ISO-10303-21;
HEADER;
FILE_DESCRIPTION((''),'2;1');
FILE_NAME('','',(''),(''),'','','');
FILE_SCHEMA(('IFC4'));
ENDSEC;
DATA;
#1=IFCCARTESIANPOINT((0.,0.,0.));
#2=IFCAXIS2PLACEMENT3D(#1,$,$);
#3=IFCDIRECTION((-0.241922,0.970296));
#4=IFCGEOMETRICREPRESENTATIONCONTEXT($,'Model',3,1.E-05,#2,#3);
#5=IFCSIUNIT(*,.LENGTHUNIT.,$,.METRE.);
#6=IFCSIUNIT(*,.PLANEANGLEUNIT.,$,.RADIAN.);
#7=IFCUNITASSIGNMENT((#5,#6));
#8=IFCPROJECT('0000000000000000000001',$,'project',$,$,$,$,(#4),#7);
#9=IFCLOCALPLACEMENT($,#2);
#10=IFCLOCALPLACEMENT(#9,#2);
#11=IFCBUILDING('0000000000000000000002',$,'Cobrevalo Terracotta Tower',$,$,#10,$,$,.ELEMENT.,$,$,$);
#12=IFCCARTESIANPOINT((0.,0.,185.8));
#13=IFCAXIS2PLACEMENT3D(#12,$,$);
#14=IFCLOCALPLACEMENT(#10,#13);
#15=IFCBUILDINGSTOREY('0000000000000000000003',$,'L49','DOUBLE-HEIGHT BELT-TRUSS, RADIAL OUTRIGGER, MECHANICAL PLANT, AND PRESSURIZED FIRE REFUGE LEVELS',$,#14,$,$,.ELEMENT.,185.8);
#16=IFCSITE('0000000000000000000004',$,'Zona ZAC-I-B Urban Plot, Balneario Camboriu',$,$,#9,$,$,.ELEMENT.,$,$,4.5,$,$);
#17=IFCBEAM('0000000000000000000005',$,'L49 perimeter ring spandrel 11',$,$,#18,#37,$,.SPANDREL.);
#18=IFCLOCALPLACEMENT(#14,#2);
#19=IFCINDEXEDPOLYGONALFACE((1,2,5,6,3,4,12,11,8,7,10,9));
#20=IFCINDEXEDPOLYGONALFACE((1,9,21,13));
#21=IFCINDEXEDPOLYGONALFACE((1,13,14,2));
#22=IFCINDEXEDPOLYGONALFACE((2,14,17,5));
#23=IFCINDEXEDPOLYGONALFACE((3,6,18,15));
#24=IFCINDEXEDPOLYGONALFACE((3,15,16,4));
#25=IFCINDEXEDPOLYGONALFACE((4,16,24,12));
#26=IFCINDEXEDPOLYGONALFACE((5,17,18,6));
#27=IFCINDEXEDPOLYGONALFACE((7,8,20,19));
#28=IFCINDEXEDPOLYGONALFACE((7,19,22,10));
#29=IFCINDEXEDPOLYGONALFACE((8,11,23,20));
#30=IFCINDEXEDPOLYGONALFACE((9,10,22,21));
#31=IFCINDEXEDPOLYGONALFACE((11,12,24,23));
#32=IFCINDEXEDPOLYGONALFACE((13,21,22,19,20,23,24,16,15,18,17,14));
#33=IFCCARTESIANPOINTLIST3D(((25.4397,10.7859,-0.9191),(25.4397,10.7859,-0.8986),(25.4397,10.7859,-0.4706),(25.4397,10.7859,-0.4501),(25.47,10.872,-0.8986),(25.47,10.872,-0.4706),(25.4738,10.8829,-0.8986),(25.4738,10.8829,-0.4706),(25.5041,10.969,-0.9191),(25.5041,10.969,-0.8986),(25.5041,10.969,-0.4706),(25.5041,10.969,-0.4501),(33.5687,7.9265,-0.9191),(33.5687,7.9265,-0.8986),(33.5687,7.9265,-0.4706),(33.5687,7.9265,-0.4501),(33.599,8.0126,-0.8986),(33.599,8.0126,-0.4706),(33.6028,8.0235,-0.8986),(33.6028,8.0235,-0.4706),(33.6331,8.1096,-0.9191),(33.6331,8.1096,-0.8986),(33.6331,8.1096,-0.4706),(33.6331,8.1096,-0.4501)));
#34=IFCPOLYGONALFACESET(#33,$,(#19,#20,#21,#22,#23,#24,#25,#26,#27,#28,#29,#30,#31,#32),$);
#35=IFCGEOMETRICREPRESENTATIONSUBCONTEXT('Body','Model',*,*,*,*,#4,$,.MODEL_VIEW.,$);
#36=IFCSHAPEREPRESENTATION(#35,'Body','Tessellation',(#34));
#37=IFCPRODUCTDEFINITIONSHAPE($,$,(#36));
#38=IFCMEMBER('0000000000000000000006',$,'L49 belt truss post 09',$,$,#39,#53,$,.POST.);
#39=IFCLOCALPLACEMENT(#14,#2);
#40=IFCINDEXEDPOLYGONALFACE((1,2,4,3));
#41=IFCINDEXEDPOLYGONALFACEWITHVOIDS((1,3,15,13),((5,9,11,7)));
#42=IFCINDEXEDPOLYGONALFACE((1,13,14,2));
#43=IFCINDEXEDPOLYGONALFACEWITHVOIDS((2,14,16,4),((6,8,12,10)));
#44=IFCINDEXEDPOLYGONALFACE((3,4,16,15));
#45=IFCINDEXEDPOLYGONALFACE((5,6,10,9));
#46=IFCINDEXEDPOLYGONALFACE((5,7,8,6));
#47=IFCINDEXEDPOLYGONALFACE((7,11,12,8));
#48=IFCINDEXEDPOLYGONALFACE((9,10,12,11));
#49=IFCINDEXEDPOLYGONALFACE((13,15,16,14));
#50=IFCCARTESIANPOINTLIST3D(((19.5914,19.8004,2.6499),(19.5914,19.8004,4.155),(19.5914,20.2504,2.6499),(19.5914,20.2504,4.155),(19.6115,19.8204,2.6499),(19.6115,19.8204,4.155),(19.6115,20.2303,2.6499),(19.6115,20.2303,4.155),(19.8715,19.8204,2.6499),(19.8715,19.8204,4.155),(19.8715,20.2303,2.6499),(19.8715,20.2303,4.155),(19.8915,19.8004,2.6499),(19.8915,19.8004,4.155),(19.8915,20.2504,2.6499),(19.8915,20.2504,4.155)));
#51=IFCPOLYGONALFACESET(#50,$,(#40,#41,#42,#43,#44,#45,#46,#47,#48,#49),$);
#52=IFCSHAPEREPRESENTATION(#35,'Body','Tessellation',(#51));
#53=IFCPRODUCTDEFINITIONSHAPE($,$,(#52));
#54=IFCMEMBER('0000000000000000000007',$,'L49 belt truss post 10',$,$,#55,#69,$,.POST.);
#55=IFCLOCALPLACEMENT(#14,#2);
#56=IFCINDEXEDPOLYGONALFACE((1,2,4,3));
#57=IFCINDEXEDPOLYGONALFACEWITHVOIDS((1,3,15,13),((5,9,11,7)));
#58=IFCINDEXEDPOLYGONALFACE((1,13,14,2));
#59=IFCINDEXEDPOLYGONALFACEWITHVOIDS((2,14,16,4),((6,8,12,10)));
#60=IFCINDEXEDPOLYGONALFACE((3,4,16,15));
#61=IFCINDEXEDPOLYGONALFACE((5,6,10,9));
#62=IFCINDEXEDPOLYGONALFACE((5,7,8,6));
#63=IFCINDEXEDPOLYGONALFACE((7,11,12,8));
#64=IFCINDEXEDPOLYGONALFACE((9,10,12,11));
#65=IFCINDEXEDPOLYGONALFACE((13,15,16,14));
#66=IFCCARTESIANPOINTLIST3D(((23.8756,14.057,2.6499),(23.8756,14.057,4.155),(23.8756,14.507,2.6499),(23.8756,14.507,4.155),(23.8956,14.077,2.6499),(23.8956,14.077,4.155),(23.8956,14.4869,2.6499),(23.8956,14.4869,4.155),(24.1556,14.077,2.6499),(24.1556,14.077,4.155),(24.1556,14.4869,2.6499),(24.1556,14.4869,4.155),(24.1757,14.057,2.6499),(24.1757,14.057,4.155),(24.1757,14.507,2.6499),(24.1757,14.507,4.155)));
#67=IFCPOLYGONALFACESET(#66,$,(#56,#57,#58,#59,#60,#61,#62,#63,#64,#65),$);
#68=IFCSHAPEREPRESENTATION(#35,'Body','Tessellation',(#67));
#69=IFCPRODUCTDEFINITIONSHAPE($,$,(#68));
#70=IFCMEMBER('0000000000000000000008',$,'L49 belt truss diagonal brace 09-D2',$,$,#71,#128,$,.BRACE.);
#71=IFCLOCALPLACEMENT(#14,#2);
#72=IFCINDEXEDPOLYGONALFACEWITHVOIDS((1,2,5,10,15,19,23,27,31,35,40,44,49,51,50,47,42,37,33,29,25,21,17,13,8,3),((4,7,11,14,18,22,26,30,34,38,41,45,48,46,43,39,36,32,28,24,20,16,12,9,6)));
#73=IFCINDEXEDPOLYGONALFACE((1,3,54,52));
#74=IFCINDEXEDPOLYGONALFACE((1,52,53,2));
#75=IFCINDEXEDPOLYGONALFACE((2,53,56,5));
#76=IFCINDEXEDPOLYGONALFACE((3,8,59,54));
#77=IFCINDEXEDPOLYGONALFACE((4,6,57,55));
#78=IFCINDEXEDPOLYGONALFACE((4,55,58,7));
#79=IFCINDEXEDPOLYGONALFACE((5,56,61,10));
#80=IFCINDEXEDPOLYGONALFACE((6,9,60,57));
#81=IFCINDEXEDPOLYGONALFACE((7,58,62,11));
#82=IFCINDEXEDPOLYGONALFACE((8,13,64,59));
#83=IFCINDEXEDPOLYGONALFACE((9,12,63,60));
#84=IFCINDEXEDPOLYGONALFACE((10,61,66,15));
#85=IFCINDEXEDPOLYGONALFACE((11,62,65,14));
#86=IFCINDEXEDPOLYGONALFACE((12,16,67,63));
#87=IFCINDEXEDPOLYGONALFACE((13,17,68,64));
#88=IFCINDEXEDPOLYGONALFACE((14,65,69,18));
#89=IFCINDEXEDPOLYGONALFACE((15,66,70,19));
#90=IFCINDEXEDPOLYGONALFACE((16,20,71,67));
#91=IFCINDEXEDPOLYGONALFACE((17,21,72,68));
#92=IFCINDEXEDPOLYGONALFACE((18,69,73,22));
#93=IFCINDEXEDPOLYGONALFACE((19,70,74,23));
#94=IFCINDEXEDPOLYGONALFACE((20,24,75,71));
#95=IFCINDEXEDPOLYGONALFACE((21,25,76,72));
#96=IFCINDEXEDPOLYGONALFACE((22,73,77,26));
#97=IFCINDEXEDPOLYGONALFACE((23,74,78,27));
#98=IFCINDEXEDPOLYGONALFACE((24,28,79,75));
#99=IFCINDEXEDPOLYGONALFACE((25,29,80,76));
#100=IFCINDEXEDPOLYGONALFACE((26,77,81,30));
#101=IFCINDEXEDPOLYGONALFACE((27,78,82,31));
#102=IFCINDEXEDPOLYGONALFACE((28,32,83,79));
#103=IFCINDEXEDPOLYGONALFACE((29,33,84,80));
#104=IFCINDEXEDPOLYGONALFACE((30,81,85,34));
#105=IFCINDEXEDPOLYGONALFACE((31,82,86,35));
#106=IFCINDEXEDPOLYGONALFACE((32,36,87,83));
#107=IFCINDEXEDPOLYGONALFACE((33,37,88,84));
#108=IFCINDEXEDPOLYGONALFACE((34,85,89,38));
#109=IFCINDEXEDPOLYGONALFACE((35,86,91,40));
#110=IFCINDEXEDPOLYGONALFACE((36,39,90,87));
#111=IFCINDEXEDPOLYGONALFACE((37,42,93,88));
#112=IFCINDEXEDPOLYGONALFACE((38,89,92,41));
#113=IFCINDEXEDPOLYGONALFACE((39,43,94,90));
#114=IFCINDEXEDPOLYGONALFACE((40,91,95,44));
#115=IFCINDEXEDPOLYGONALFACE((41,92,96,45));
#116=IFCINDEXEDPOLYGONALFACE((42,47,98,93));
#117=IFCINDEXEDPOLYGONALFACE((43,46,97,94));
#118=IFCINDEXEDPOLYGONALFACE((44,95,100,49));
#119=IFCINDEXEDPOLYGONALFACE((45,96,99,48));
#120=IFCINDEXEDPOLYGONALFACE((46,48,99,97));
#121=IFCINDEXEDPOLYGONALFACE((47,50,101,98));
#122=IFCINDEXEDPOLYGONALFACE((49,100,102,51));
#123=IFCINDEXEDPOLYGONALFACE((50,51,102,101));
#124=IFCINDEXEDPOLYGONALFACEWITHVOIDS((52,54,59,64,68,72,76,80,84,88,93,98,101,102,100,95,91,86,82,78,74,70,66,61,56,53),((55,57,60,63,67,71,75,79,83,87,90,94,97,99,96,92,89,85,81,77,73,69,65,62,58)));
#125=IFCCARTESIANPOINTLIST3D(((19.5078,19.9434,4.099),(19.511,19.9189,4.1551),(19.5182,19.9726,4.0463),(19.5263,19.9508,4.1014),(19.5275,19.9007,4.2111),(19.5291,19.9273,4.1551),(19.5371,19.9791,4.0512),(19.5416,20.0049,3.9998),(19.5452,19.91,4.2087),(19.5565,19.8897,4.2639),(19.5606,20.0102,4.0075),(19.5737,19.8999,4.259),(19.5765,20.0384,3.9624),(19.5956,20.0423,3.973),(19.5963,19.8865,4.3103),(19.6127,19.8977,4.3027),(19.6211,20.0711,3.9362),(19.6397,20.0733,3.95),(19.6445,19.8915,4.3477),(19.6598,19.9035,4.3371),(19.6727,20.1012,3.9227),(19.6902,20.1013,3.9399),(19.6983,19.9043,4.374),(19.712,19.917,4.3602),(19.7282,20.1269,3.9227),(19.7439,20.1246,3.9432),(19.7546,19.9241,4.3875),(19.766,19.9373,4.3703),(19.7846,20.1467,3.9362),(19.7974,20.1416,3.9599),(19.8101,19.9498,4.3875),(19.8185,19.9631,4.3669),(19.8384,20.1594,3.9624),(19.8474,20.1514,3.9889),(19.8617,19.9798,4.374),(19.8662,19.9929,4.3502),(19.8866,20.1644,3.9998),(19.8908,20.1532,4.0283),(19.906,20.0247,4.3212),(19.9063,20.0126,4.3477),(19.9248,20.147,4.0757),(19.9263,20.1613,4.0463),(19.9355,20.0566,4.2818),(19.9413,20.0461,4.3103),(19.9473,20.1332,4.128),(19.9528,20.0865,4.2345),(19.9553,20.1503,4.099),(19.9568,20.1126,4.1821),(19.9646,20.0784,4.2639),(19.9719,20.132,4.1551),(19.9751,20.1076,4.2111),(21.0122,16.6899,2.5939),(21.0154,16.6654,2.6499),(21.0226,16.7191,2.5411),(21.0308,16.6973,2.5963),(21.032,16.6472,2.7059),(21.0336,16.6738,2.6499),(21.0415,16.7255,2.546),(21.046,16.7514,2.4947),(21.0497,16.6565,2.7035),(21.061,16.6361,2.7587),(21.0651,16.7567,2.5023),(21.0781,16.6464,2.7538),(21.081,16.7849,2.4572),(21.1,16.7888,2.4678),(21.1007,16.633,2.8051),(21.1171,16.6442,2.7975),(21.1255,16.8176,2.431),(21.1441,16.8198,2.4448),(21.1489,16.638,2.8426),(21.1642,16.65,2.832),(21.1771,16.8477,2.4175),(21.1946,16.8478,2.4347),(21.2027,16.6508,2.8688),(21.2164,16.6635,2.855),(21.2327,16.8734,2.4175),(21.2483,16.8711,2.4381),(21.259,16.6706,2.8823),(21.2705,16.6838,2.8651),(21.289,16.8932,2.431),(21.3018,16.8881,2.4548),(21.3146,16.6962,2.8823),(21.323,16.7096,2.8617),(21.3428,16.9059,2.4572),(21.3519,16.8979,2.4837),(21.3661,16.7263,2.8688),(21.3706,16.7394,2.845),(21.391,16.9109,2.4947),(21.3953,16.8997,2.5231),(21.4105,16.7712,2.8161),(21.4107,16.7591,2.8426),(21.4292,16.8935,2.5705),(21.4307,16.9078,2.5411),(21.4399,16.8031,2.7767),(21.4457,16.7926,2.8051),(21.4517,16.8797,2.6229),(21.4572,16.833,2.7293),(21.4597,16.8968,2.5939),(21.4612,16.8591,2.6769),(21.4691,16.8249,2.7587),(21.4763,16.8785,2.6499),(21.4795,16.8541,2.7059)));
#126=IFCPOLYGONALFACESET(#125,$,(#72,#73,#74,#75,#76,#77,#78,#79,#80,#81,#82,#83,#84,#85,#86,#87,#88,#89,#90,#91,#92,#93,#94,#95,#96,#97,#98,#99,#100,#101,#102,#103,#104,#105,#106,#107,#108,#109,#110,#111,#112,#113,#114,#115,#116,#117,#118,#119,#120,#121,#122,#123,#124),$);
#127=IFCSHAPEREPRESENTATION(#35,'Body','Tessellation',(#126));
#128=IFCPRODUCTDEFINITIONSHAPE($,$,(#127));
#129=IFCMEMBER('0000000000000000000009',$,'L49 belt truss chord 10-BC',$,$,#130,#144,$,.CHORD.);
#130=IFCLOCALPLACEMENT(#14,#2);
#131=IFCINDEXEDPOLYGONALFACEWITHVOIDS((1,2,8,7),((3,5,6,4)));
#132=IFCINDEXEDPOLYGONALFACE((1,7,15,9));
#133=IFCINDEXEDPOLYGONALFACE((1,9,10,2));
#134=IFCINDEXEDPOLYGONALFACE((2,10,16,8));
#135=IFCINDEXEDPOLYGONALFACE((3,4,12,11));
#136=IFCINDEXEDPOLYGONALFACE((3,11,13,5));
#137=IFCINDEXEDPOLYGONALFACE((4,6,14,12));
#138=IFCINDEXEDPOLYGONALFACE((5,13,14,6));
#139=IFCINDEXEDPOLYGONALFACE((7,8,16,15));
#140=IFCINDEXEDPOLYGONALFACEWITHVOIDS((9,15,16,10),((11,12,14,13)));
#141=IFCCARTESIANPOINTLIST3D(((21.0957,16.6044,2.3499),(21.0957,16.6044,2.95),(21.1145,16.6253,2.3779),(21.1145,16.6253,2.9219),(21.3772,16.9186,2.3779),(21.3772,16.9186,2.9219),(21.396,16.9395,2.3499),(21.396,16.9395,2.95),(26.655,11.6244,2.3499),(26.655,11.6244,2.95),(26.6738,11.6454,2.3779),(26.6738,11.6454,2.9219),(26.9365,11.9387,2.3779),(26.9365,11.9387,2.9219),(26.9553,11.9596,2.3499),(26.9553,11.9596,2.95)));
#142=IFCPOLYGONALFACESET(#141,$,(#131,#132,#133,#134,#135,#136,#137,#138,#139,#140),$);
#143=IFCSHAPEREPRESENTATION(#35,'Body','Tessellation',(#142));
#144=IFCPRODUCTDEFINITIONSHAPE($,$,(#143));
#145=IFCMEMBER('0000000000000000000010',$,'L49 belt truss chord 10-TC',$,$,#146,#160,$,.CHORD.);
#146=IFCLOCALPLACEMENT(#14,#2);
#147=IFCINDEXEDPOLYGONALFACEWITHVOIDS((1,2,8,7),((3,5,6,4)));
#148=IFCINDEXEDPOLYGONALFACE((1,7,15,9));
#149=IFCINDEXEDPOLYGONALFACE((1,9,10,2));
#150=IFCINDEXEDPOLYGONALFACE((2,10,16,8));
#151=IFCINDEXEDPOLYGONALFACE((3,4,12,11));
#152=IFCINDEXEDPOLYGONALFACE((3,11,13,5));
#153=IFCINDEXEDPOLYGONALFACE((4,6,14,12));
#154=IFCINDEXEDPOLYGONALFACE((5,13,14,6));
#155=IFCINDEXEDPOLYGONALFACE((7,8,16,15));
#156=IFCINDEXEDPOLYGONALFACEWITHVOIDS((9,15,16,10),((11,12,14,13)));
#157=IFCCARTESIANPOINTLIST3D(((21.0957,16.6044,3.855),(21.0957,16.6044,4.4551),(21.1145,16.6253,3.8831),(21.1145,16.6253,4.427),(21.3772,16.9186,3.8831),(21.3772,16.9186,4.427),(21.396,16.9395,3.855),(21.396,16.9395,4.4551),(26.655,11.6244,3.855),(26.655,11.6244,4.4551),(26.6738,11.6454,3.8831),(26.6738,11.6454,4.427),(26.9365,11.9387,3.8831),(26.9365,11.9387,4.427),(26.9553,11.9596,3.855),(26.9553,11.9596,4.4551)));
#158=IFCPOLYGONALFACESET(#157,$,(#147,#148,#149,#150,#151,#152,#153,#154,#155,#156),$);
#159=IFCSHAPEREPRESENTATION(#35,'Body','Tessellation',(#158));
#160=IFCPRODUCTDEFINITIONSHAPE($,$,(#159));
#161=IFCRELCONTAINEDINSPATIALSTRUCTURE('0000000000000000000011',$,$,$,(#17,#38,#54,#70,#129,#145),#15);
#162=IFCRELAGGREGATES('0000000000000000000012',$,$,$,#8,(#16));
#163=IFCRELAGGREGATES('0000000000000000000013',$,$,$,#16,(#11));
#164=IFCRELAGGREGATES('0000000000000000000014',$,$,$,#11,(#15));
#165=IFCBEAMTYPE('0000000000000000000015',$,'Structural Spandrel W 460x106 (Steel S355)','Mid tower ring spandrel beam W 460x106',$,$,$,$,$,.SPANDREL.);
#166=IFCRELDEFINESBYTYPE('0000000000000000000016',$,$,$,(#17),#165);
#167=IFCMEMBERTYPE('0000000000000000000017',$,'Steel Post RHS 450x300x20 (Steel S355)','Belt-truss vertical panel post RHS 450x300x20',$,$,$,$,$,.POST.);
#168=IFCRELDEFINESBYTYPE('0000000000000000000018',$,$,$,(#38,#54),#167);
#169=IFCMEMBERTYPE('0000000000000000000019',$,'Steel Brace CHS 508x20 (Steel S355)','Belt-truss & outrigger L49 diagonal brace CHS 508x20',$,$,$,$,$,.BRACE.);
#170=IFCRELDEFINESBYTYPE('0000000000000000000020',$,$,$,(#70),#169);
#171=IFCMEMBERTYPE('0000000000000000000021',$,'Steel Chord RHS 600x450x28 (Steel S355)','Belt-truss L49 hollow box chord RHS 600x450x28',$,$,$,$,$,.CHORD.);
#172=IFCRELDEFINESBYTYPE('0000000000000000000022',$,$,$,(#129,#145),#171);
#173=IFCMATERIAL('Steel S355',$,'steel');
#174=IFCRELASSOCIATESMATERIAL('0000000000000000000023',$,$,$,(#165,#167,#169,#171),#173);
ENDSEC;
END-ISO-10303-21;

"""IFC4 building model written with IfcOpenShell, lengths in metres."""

from ifc_helpers import new_model, si_unit, direction, frame, origin, origin_2d, place, context, subcontext, project, spatial, hollow_rectangle, hollow_circle, i_section, extrude, source, transform, mapped, material, material_profile, profile_set, type_object, element, save


model = new_model("IFC4")

# Units and contexts
model_context = context("Model", 3, precision=1e-05, world=origin(), true_north=direction((-0.241922, 0.970296)))
body_context = subcontext(model_context, "Body", "Model", "MODEL_VIEW")
ifc_project = project(units=[si_unit("LENGTHUNIT", "METRE"), si_unit("PLANEANGLEUNIT", "RADIAN")], contexts=[model_context])

# Site, building, storey
site_placement = place(None, origin())
site = spatial("IfcSite", under=ifc_project, at=site_placement, Name="Zona ZAC-I-B Urban Plot, Balneario Camboriu", CompositionType="ELEMENT", RefElevation=4.5)
building_placement = place(site_placement, origin())
building = spatial("IfcBuilding", under=site, at=building_placement, Name="Cobrevalo Terracotta Tower", CompositionType="ELEMENT")
storey_placement = place(building_placement, frame((0.0, 0.0, 185.8)))
storey = spatial("IfcBuildingStorey", under=building, at=storey_placement, Name="L49", Description="DOUBLE-HEIGHT BELT-TRUSS, RADIAL OUTRIGGER, MECHANICAL PLANT, AND PRESSURIZED FIRE REFUGE LEVELS", CompositionType="ELEMENT", Elevation=185.8)

# Shared definitions
ifc_material_1 = material(Name="Steel S355", Category="steel")

# Beam
ifc_material_profile_1 = material_profile(ifc_material_1, i_section(OverallWidth=0.1941, OverallDepth=0.469, WebThickness=0.0115, FlangeThickness=0.0205, at=origin_2d()), Name="W 460x106")
ifc_profile_set_1 = profile_set([ifc_material_profile_1], Name="Steel S355")
beam_type_1 = type_object("IfcBeamType", Name="Structural Spandrel W 460x106 (Steel S355)", Description="Mid tower ring spandrel beam W 460x106", PredefinedType="SPANDREL", material=ifc_profile_set_1)
beam_1_placement = place(storey_placement, frame((25.4719, 10.8774, -0.6846), z_axis=(0.943341, -0.331824, 0.0), x_axis=(0.331824, 0.943341, 0.0)))
element("IfcBeam", 1, at=beam_1_placement, inside=storey, type_object=beam_type_1, Name="L49 perimeter ring spandrel 11", PredefinedType="SPANDREL", context=body_context, shape_type="SweptSolid", body=[
    extrude(i_section(OverallWidth=0.1941, OverallDepth=0.469, WebThickness=0.0115, FlangeThickness=0.0205, at=origin_2d()), origin(), (0.0, 0.0, 1.0), 8.6172),
])

# Members
ifc_material_profile_2 = material_profile(ifc_material_1, hollow_rectangle(XDim=0.3, YDim=0.45, WallThickness=0.02, at=origin_2d()), Name="RHS 450x300x20")
ifc_profile_set_2 = profile_set([ifc_material_profile_2], Name="Steel S355")
member_type_1 = type_object("IfcMemberType", Name="Steel Post RHS 450x300x20 (Steel S355)", Description="Belt-truss vertical panel post RHS 450x300x20", PredefinedType="POST", material=ifc_profile_set_2)
shared_shape_1 = source(origin(), body_context, "Body", "SweptSolid", [
    extrude(hollow_rectangle(XDim=0.3, YDim=0.45, WallThickness=0.02, at=origin_2d()), origin(), (0.0, 0.0, 1.0), 1.5051),
])
for number, where, z_axis, x_axis, name in (
    (2, (19.7415, 20.0254, 2.6499), (0.0, 0.0, 1.0), (1.0, 0.0, 0.0), "L49 belt truss post 09"),
    (3, (24.0256, 14.282, 2.6499), (0.0, 0.0, 1.0), (1.0, 0.0, 0.0), "L49 belt truss post 10"),
):
    element("IfcMember", number, at=place(storey_placement, frame(where, z_axis=z_axis, x_axis=x_axis)), inside=storey, type_object=member_type_1, Name=name, PredefinedType="POST", context=body_context, shape_type="MappedRepresentation", body=[
        mapped(shared_shape_1, transform((0.0, 0.0, 0.0), scale=1.0)),
    ])
ifc_material_profile_3 = material_profile(ifc_material_1, hollow_circle(Radius=0.2539, WallThickness=0.02, at=origin_2d()), Name="CHS 508x20")
ifc_profile_set_3 = profile_set([ifc_material_profile_3], Name="Steel S355")
member_type_2 = type_object("IfcMemberType", Name="Steel Brace CHS 508x20 (Steel S355)", Description="Belt-truss & outrigger L49 diagonal brace CHS 508x20", PredefinedType="BRACE", material=ifc_profile_set_3)
shared_shape_2 = source(origin(), body_context, "Body", "SweptSolid", [
    extrude(hollow_circle(Radius=0.2539, WallThickness=0.02, at=origin_2d()), origin(), (0.0, 0.0, 1.0), 3.8877),
])
member_1_placement = place(storey_placement, frame((21.2458, 16.772, 2.6499), z_axis=(-0.386974, 0.836873, 0.387162), x_axis=(-0.90766, -0.419706, 0.0)))
element("IfcMember", 4, at=member_1_placement, inside=storey, type_object=member_type_2, Name="L49 belt truss diagonal brace 09-D2", PredefinedType="BRACE", context=body_context, shape_type="MappedRepresentation", body=[
    mapped(shared_shape_2, transform((0.0, 0.0, 0.0), scale=1.0)),
])
ifc_material_profile_4 = material_profile(ifc_material_1, hollow_rectangle(XDim=0.45, YDim=0.6001, WallThickness=0.0281, at=origin_2d()), Name="RHS 600x450x28")
ifc_profile_set_4 = profile_set([ifc_material_profile_4], Name="Steel S355")
member_type_3 = type_object("IfcMemberType", Name="Steel Chord RHS 600x450x28 (Steel S355)", Description="Belt-truss L49 hollow box chord RHS 600x450x28", PredefinedType="CHORD", material=ifc_profile_set_4)
shared_shape_3 = source(origin(), body_context, "Body", "SweptSolid", [
    extrude(hollow_rectangle(XDim=0.45, YDim=0.6001, WallThickness=0.0281, at=origin_2d()), origin(), (0.0, 0.0, 1.0), 7.4636),
])
for number, where, z_axis, x_axis, name in (
    (5, (21.2458, 16.772, 2.6499), (0.744852, -0.66723, 0.0), (0.66723, 0.744852, 0.0), "L49 belt truss chord 10-BC"),
    (6, (21.2458, 16.772, 4.155), (0.744852, -0.66723, 0.0), (0.66723, 0.744852, 0.0), "L49 belt truss chord 10-TC"),
):
    element("IfcMember", number, at=place(storey_placement, frame(where, z_axis=z_axis, x_axis=x_axis)), inside=storey, type_object=member_type_3, Name=name, PredefinedType="CHORD", context=body_context, shape_type="MappedRepresentation", body=[
        mapped(shared_shape_3, transform((0.0, 0.0, 0.0), scale=1.0)),
    ])

save(model, "model.ifc")
